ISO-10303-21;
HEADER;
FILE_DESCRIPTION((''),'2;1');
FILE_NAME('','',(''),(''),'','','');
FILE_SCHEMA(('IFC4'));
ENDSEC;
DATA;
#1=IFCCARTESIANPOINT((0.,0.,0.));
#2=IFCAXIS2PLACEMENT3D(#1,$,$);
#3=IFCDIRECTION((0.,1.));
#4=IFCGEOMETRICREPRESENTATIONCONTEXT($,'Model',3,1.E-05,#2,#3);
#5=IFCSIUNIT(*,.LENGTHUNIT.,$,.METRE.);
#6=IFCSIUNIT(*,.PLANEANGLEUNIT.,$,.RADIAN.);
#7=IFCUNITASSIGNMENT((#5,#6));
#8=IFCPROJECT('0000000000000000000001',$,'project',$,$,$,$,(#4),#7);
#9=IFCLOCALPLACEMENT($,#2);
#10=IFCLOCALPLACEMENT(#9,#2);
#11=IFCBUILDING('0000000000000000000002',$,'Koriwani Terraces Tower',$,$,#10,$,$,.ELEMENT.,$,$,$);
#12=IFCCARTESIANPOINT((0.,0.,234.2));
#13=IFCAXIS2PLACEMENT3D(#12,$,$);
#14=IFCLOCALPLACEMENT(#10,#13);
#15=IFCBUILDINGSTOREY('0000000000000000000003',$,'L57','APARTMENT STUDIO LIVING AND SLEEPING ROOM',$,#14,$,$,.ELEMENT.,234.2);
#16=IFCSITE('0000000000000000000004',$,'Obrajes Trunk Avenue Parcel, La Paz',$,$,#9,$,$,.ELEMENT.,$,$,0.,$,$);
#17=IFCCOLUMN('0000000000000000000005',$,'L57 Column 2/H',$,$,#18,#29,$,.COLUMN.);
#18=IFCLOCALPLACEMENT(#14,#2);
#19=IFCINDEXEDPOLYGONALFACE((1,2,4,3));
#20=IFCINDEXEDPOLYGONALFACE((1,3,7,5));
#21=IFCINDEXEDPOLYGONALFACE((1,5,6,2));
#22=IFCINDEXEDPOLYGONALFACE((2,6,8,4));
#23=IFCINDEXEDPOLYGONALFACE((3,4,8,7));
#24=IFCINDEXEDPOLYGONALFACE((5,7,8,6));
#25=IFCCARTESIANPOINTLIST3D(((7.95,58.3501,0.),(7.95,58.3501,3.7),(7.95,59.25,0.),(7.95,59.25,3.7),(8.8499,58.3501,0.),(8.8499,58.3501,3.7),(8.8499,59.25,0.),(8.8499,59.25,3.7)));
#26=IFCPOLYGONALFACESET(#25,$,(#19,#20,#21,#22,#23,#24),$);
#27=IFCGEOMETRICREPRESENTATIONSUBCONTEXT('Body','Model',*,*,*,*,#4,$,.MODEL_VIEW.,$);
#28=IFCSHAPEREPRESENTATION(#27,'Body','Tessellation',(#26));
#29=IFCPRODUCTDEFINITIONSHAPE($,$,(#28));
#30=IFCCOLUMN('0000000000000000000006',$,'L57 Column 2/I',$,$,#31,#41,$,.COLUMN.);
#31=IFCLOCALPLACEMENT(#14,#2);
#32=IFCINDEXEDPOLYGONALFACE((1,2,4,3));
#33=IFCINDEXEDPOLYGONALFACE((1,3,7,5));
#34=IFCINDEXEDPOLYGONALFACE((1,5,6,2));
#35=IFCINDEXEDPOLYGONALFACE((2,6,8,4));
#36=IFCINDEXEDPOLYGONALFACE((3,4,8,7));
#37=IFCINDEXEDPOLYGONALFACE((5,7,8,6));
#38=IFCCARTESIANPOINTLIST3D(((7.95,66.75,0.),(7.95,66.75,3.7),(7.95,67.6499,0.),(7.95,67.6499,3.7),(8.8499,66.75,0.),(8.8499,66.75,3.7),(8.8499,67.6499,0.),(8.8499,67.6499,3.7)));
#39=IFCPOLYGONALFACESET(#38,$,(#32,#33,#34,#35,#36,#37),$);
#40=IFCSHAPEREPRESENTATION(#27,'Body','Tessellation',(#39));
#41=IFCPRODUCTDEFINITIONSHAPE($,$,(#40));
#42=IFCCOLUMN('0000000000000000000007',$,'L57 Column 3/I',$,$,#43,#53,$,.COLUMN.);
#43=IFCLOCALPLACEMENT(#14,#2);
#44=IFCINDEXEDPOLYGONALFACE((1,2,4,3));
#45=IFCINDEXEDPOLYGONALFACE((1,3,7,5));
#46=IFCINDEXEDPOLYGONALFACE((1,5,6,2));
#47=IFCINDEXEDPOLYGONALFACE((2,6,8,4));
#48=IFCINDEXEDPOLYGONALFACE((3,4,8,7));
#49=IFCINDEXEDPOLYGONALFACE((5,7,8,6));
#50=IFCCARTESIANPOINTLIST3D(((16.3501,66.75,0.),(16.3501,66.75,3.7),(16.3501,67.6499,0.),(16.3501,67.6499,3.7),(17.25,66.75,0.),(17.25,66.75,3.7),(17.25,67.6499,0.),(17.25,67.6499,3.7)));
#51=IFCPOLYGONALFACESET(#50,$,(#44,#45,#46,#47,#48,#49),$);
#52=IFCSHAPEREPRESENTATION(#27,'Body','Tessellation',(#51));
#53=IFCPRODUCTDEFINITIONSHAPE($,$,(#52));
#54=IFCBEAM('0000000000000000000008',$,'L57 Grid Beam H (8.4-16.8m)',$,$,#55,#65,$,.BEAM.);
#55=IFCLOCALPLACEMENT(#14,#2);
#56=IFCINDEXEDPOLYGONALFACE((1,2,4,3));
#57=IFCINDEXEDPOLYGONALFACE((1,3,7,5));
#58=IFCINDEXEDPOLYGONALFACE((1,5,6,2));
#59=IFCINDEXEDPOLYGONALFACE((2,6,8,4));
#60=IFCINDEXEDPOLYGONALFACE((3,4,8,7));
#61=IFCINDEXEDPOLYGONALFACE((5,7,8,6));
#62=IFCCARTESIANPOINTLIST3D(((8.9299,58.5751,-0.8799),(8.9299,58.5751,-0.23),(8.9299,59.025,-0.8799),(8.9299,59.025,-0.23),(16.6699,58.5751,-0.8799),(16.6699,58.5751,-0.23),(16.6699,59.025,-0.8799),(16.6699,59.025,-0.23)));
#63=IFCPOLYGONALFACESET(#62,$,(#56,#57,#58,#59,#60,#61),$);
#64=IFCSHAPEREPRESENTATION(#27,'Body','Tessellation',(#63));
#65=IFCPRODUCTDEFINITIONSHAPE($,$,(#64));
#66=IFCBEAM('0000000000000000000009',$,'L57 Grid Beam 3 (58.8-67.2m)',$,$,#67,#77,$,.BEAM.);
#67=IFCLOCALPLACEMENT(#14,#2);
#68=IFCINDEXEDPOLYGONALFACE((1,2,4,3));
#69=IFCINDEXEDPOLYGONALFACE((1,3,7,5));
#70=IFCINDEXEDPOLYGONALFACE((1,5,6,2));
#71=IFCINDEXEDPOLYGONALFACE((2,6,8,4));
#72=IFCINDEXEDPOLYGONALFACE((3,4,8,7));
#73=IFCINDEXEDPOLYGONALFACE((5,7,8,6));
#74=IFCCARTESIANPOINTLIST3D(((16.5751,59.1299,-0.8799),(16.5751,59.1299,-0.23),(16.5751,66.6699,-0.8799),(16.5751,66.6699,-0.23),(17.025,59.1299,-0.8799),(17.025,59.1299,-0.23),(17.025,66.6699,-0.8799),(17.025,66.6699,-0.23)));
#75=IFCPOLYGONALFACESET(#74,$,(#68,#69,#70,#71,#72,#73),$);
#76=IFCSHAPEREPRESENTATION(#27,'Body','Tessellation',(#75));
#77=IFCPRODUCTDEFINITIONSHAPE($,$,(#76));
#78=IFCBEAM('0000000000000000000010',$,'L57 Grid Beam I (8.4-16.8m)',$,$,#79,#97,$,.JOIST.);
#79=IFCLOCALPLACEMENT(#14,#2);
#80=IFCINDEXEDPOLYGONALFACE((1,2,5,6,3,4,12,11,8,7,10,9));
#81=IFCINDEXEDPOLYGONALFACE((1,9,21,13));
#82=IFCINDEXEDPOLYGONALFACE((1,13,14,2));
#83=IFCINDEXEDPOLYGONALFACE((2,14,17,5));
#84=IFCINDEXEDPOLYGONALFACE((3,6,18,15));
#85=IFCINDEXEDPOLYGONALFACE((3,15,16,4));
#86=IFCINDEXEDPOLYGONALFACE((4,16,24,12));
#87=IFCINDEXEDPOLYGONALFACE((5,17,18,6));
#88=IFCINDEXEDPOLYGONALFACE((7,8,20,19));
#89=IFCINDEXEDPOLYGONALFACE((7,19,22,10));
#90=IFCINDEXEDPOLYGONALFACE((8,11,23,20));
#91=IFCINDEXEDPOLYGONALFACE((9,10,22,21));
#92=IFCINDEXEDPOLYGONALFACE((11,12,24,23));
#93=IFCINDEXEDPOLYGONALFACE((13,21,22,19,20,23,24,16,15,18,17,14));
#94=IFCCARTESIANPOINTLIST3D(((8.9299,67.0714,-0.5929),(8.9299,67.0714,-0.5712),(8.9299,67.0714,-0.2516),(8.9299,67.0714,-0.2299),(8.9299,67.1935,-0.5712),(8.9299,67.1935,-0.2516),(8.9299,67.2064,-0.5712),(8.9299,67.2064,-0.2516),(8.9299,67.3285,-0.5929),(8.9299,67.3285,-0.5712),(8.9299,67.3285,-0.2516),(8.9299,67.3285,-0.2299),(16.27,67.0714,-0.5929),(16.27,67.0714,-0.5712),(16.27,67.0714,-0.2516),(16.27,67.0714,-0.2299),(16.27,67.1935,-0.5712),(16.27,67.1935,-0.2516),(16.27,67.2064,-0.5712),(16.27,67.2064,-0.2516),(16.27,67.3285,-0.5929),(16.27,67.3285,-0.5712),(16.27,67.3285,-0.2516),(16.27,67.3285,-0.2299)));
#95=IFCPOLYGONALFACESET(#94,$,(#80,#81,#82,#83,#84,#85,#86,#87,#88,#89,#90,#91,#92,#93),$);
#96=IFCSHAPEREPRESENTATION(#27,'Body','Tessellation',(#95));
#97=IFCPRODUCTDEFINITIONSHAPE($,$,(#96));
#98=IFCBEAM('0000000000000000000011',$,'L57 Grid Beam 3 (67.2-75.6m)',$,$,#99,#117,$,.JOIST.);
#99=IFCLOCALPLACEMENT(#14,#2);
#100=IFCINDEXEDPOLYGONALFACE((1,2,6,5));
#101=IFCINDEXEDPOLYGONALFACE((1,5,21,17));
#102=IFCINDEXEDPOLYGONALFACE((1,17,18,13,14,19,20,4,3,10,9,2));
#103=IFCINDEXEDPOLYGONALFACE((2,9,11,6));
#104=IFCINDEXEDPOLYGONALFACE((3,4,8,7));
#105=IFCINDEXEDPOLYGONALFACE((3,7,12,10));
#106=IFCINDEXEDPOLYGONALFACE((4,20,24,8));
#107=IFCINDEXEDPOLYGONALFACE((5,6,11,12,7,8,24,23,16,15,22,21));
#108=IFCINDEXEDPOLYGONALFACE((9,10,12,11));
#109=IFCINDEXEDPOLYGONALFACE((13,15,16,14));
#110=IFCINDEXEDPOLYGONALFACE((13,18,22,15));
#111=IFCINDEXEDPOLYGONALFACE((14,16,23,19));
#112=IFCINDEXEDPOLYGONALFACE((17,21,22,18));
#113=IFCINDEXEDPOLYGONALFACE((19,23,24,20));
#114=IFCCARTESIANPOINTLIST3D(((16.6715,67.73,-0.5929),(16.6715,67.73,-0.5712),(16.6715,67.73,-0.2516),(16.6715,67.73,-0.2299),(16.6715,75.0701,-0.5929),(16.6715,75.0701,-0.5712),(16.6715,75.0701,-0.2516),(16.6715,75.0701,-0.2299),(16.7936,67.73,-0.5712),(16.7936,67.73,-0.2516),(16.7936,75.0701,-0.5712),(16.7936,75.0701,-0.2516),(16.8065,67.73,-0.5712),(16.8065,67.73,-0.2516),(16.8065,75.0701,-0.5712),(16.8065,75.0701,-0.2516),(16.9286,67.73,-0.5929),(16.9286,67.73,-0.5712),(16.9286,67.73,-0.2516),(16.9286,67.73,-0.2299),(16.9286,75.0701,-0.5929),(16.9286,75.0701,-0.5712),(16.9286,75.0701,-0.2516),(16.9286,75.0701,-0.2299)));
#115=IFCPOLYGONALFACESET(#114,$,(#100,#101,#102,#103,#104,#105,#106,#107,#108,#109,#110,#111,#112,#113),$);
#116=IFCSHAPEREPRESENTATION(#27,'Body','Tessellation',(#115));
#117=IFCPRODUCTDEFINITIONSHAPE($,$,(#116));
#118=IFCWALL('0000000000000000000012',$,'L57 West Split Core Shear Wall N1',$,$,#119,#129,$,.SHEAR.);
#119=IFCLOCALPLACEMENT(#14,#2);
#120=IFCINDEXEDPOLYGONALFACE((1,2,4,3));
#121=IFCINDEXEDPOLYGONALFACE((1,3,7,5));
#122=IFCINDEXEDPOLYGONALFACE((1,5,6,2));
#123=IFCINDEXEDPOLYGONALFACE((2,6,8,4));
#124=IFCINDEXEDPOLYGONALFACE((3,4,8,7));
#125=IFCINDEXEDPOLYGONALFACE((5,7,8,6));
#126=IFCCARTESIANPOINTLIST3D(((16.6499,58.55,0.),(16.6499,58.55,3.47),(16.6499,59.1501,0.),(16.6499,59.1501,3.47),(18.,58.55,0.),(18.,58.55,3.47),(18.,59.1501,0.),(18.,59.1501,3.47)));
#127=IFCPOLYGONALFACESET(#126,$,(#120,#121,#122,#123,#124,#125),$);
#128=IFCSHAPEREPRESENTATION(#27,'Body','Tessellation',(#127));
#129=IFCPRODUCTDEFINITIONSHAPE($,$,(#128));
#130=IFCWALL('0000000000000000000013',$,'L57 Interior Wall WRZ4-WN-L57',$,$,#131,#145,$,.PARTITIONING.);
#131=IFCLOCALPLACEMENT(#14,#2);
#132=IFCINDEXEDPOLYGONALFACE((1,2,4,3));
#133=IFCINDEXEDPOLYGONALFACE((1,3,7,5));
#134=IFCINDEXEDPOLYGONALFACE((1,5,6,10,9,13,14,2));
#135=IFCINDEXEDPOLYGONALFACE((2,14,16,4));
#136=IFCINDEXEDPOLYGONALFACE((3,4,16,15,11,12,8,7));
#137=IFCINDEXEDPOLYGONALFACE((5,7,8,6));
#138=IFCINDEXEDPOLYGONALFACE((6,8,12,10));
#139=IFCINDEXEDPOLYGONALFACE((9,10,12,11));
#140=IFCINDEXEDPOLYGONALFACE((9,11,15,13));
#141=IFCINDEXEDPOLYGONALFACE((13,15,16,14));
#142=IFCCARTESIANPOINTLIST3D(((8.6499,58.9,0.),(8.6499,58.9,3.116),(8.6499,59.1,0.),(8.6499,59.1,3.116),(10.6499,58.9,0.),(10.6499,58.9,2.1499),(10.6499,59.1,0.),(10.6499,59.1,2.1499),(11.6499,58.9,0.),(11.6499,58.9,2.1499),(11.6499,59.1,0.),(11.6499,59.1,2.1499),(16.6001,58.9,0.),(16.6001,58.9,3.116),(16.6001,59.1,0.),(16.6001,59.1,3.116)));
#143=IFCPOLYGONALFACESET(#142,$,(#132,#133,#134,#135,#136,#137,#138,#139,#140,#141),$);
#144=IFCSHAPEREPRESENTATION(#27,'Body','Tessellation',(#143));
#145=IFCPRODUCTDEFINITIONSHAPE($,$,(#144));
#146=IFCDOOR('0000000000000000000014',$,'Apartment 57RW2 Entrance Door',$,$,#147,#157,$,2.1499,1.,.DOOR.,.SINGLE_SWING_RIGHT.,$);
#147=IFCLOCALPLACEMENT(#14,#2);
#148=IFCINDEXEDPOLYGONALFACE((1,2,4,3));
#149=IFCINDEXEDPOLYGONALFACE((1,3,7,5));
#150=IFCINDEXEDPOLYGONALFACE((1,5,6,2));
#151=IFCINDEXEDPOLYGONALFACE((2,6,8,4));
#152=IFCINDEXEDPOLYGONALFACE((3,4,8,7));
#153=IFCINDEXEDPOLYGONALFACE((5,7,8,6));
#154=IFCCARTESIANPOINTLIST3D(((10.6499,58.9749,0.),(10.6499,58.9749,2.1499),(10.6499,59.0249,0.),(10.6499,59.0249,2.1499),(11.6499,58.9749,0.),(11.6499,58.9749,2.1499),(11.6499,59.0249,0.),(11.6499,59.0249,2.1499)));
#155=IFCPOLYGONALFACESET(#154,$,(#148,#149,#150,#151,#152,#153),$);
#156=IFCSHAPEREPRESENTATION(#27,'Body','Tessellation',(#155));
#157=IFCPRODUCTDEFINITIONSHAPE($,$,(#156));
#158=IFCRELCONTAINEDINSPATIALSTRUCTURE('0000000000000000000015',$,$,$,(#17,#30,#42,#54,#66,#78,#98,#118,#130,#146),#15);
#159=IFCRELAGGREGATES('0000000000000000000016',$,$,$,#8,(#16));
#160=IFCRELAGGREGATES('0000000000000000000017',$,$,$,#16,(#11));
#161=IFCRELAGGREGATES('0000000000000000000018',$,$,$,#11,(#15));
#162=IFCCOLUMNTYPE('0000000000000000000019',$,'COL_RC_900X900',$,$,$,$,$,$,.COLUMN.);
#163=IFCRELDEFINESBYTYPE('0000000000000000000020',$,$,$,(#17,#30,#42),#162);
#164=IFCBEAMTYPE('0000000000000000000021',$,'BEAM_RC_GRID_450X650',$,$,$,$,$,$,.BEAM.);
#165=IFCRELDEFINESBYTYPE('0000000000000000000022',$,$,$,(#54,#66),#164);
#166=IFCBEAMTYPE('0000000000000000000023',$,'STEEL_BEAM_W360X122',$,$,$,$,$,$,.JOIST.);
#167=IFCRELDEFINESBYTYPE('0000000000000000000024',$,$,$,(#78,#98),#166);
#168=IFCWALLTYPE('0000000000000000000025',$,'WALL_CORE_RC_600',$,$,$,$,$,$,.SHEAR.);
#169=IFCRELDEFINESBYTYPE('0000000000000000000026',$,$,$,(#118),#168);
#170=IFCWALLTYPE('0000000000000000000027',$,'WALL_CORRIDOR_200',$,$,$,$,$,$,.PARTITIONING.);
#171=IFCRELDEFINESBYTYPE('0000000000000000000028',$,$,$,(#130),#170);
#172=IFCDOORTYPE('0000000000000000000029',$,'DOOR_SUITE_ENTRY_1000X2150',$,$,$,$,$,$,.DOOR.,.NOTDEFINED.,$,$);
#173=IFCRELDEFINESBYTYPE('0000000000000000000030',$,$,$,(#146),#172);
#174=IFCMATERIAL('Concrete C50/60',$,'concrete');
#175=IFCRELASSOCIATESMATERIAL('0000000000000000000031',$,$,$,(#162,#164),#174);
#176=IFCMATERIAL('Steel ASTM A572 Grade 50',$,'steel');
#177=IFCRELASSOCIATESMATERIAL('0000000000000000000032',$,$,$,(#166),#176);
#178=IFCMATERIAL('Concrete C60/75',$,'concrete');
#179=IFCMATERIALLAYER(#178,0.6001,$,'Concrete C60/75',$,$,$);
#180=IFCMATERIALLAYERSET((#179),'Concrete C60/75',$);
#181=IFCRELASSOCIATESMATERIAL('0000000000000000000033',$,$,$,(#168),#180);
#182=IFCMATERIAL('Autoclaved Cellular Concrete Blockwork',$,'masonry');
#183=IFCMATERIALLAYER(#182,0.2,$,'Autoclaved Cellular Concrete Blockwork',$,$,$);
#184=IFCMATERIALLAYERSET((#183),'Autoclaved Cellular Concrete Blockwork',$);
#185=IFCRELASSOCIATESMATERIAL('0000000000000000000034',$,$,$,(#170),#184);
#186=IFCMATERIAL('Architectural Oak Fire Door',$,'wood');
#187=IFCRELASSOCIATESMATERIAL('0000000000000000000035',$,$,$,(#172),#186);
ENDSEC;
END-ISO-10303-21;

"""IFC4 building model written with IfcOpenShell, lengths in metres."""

from ifc_helpers import new_model, si_unit, direction, frame, frame_2d, origin, origin_2d, place, context, subcontext, project, spatial, rectangle, i_section, extrude, material, layer, layer_set, material_profile, profile_set, type_object, element, fill, save


model = new_model("IFC4")

# Units and contexts
model_context = context("Model", 3, precision=1e-05, world=origin(), true_north=direction((0.0, 1.0)))
body_context = subcontext(model_context, "Body", "Model", "MODEL_VIEW")
ifc_project = project(units=[si_unit("LENGTHUNIT", "METRE"), si_unit("PLANEANGLEUNIT", "RADIAN")], contexts=[model_context])

# Site, building, storey
site_placement = place(None, origin())
site = spatial("IfcSite", under=ifc_project, at=site_placement, Name="Obrajes Trunk Avenue Parcel, La Paz", CompositionType="ELEMENT", RefElevation=0.0)
building_placement = place(site_placement, origin())
building = spatial("IfcBuilding", under=site, at=building_placement, Name="Koriwani Terraces Tower", CompositionType="ELEMENT")
storey_placement = place(building_placement, frame((0.0, 0.0, 234.2)))
storey = spatial("IfcBuildingStorey", under=building, at=storey_placement, Name="L57", Description="APARTMENT STUDIO LIVING AND SLEEPING ROOM", CompositionType="ELEMENT", Elevation=234.2)

# Columns
ifc_material_1 = material(Name="Concrete C50/60", Category="concrete")
ifc_material_profile_1 = material_profile(ifc_material_1, rectangle(XDim=0.8999, YDim=0.8999, at=origin_2d()), Name="Concrete C50/60", Category="LoadBearing")
ifc_profile_set_1 = profile_set([ifc_material_profile_1], Name="Concrete C50/60")
column_type = type_object("IfcColumnType", Name="COL_RC_900X900", PredefinedType="COLUMN", material=ifc_profile_set_1)
for number, where, z_axis, x_axis, name in (
    (1, (8.3999, 58.8, 0.0), (0.0, 0.0, 1.0), (1.0, 0.0, 0.0), "L57 Column 2/H"),
    (2, (8.3999, 67.2, 0.0), (0.0, 0.0, 1.0), (1.0, 0.0, 0.0), "L57 Column 2/I"),
    (3, (16.8, 67.2, 0.0), (0.0, 0.0, 1.0), (1.0, 0.0, 0.0), "L57 Column 3/I"),
):
    element("IfcColumn", number, at=place(storey_placement, frame(where, z_axis=z_axis, x_axis=x_axis)), inside=storey, type_object=column_type, Name=name, PredefinedType="COLUMN", context=body_context, shape_type="SweptSolid", body=[
        extrude(rectangle(XDim=0.8999, YDim=0.8999, at=origin_2d()), origin(), (0.0, 0.0, 1.0), 3.7),
    ])

# Beams
ifc_material_profile_2 = material_profile(ifc_material_1, rectangle(XDim=0.45, YDim=0.6499, at=origin_2d()), Name="Concrete C50/60", Category="LoadBearing")
ifc_profile_set_2 = profile_set([ifc_material_profile_2], Name="Concrete C50/60")
beam_type_1 = type_object("IfcBeamType", Name="BEAM_RC_GRID_450X650", PredefinedType="BEAM", material=ifc_profile_set_2)
beam_1_placement = place(storey_placement, frame((8.9299, 58.8, -0.5549), z_axis=(1.0, 0.0, 0.0), x_axis=(0.0, 1.0, 0.0)))
element("IfcBeam", 4, at=beam_1_placement, inside=storey, type_object=beam_type_1, Name="L57 Grid Beam H (8.4-16.8m)", PredefinedType="BEAM", context=body_context, shape_type="SweptSolid", body=[
    extrude(rectangle(XDim=0.45, YDim=0.6499, at=origin_2d()), origin(), (0.0, 0.0, 1.0), 7.74),
])
beam_2_placement = place(storey_placement, frame((16.8, 59.1299, -0.5549), z_axis=(0.0, 1.0, 0.0), x_axis=(-1.0, 0.0, 0.0)))
element("IfcBeam", 5, at=beam_2_placement, inside=storey, type_object=beam_type_1, Name="L57 Grid Beam 3 (58.8-67.2m)", PredefinedType="BEAM", context=body_context, shape_type="SweptSolid", body=[
    extrude(rectangle(XDim=0.45, YDim=0.6499, at=origin_2d()), origin(), (0.0, 0.0, 1.0), 7.54),
])
ifc_material_2 = material(Name="Steel ASTM A572 Grade 50", Category="steel")
ifc_material_profile_3 = material_profile(ifc_material_2, i_section(OverallWidth=0.2571, OverallDepth=0.363, WebThickness=0.0129, FlangeThickness=0.0217, at=origin_2d()), Name="Steel ASTM A572 Grade 50", Category="LoadBearing")
ifc_profile_set_3 = profile_set([ifc_material_profile_3], Name="Steel ASTM A572 Grade 50")
beam_type_2 = type_object("IfcBeamType", Name="STEEL_BEAM_W360X122", PredefinedType="JOIST", material=ifc_profile_set_3)
for number, where, z_axis, x_axis, name in (
    (6, (8.9299, 67.2, -0.4114), (1.0, 0.0, 0.0), (0.0, 1.0, 0.0), "L57 Grid Beam I (8.4-16.8m)"),
    (7, (16.8, 67.73, -0.4114), (0.0, 1.0, 0.0), (-1.0, 0.0, 0.0), "L57 Grid Beam 3 (67.2-75.6m)"),
):
    element("IfcBeam", number, at=place(storey_placement, frame(where, z_axis=z_axis, x_axis=x_axis)), inside=storey, type_object=beam_type_2, Name=name, PredefinedType="JOIST", context=body_context, shape_type="SweptSolid", body=[
        extrude(i_section(OverallWidth=0.2571, OverallDepth=0.363, WebThickness=0.0129, FlangeThickness=0.0217, at=origin_2d()), origin(), (0.0, 0.0, 1.0), 7.3401),
    ])

# Wall
ifc_material_3 = material(Name="Concrete C60/75", Category="concrete")
ifc_layer_1 = layer(ifc_material_3, 0.6001, Name="Concrete C60/75")
ifc_layer_set_1 = layer_set([ifc_layer_1], Name="Concrete C60/75")
wall_type_1 = type_object("IfcWallType", Name="WALL_CORE_RC_600", PredefinedType="SHEAR", material=ifc_layer_set_1)
wall_1_placement = place(storey_placement, frame((16.6499, 58.8501, 0.0), z_axis=(0.0, 0.0, 1.0), x_axis=(1.0, 0.0, 0.0)))
element("IfcWall", 8, at=wall_1_placement, inside=storey, type_object=wall_type_1, Name="L57 West Split Core Shear Wall N1", PredefinedType="SHEAR", context=body_context, shape_type="SweptSolid", body=[
    extrude(rectangle(XDim=1.3501, YDim=0.6001, at=frame_2d((0.675, 0.0))), origin(), (0.0, 0.0, 1.0), 3.47),
])

# Wall, opening, door
ifc_material_4 = material(Name="Autoclaved Cellular Concrete Blockwork", Category="masonry")
ifc_layer_2 = layer(ifc_material_4, 0.2, Name="Autoclaved Cellular Concrete Blockwork")
ifc_layer_set_2 = layer_set([ifc_layer_2], Name="Autoclaved Cellular Concrete Blockwork")
wall_type_2 = type_object("IfcWallType", Name="WALL_CORRIDOR_200", PredefinedType="PARTITIONING", material=ifc_layer_set_2)
wall_2_placement = place(storey_placement, frame((8.6499, 59.0, 0.0), z_axis=(0.0, 0.0, 1.0), x_axis=(1.0, 0.0, 0.0)))
wall_2 = element("IfcWall", 9, at=wall_2_placement, inside=storey, type_object=wall_type_2, Name="L57 Interior Wall WRZ4-WN-L57", PredefinedType="PARTITIONING", context=body_context, shape_type="SweptSolid", body=[
    extrude(rectangle(XDim=7.9502, YDim=0.2, at=frame_2d((3.9751, 0.0))), origin(), (0.0, 0.0, 1.0), 3.116),
])
opening_1_placement = place(wall_2_placement, frame((2.0, 0.0, 0.0)))
opening_1 = element("IfcOpeningElement", 10, at=opening_1_placement, cuts=wall_2, PredefinedType="OPENING", context=body_context, shape_type="SweptSolid", body=[
    extrude(rectangle(XDim=1.0, YDim=2.1499, at=frame_2d((0.5, 1.075))), frame((0.0, 0.1099, 0.0), z_axis=(0.0, -1.0, 0.0), x_axis=(1.0, 0.0, 0.0)), (0.0, 0.0, 1.0), 0.22),
])
ifc_material_5 = material(Name="Architectural Oak Fire Door", Category="wood")
door_type = type_object("IfcDoorType", Name="DOOR_SUITE_ENTRY_1000X2150", OperationType="NOTDEFINED", PredefinedType="DOOR", material=ifc_material_5)
door_1_placement = place(opening_1_placement, origin())
door_1 = element("IfcDoor", 11, at=door_1_placement, inside=storey, type_object=door_type, Name="Apartment 57RW2 Entrance Door", OperationType="SINGLE_SWING_RIGHT", OverallHeight=2.1499, OverallWidth=1.0, PredefinedType="DOOR", context=body_context, shape_type="SweptSolid", body=[
    extrude(rectangle(XDim=1.0, YDim=2.1499, at=frame_2d((0.5, 1.075))), frame((0.0, 0.0249, 0.0), z_axis=(0.0, -1.0, 0.0), x_axis=(1.0, 0.0, 0.0)), (0.0, 0.0, 1.0), 0.05),
])
fill(opening_1, door_1)

save(model, "model.ifc")
